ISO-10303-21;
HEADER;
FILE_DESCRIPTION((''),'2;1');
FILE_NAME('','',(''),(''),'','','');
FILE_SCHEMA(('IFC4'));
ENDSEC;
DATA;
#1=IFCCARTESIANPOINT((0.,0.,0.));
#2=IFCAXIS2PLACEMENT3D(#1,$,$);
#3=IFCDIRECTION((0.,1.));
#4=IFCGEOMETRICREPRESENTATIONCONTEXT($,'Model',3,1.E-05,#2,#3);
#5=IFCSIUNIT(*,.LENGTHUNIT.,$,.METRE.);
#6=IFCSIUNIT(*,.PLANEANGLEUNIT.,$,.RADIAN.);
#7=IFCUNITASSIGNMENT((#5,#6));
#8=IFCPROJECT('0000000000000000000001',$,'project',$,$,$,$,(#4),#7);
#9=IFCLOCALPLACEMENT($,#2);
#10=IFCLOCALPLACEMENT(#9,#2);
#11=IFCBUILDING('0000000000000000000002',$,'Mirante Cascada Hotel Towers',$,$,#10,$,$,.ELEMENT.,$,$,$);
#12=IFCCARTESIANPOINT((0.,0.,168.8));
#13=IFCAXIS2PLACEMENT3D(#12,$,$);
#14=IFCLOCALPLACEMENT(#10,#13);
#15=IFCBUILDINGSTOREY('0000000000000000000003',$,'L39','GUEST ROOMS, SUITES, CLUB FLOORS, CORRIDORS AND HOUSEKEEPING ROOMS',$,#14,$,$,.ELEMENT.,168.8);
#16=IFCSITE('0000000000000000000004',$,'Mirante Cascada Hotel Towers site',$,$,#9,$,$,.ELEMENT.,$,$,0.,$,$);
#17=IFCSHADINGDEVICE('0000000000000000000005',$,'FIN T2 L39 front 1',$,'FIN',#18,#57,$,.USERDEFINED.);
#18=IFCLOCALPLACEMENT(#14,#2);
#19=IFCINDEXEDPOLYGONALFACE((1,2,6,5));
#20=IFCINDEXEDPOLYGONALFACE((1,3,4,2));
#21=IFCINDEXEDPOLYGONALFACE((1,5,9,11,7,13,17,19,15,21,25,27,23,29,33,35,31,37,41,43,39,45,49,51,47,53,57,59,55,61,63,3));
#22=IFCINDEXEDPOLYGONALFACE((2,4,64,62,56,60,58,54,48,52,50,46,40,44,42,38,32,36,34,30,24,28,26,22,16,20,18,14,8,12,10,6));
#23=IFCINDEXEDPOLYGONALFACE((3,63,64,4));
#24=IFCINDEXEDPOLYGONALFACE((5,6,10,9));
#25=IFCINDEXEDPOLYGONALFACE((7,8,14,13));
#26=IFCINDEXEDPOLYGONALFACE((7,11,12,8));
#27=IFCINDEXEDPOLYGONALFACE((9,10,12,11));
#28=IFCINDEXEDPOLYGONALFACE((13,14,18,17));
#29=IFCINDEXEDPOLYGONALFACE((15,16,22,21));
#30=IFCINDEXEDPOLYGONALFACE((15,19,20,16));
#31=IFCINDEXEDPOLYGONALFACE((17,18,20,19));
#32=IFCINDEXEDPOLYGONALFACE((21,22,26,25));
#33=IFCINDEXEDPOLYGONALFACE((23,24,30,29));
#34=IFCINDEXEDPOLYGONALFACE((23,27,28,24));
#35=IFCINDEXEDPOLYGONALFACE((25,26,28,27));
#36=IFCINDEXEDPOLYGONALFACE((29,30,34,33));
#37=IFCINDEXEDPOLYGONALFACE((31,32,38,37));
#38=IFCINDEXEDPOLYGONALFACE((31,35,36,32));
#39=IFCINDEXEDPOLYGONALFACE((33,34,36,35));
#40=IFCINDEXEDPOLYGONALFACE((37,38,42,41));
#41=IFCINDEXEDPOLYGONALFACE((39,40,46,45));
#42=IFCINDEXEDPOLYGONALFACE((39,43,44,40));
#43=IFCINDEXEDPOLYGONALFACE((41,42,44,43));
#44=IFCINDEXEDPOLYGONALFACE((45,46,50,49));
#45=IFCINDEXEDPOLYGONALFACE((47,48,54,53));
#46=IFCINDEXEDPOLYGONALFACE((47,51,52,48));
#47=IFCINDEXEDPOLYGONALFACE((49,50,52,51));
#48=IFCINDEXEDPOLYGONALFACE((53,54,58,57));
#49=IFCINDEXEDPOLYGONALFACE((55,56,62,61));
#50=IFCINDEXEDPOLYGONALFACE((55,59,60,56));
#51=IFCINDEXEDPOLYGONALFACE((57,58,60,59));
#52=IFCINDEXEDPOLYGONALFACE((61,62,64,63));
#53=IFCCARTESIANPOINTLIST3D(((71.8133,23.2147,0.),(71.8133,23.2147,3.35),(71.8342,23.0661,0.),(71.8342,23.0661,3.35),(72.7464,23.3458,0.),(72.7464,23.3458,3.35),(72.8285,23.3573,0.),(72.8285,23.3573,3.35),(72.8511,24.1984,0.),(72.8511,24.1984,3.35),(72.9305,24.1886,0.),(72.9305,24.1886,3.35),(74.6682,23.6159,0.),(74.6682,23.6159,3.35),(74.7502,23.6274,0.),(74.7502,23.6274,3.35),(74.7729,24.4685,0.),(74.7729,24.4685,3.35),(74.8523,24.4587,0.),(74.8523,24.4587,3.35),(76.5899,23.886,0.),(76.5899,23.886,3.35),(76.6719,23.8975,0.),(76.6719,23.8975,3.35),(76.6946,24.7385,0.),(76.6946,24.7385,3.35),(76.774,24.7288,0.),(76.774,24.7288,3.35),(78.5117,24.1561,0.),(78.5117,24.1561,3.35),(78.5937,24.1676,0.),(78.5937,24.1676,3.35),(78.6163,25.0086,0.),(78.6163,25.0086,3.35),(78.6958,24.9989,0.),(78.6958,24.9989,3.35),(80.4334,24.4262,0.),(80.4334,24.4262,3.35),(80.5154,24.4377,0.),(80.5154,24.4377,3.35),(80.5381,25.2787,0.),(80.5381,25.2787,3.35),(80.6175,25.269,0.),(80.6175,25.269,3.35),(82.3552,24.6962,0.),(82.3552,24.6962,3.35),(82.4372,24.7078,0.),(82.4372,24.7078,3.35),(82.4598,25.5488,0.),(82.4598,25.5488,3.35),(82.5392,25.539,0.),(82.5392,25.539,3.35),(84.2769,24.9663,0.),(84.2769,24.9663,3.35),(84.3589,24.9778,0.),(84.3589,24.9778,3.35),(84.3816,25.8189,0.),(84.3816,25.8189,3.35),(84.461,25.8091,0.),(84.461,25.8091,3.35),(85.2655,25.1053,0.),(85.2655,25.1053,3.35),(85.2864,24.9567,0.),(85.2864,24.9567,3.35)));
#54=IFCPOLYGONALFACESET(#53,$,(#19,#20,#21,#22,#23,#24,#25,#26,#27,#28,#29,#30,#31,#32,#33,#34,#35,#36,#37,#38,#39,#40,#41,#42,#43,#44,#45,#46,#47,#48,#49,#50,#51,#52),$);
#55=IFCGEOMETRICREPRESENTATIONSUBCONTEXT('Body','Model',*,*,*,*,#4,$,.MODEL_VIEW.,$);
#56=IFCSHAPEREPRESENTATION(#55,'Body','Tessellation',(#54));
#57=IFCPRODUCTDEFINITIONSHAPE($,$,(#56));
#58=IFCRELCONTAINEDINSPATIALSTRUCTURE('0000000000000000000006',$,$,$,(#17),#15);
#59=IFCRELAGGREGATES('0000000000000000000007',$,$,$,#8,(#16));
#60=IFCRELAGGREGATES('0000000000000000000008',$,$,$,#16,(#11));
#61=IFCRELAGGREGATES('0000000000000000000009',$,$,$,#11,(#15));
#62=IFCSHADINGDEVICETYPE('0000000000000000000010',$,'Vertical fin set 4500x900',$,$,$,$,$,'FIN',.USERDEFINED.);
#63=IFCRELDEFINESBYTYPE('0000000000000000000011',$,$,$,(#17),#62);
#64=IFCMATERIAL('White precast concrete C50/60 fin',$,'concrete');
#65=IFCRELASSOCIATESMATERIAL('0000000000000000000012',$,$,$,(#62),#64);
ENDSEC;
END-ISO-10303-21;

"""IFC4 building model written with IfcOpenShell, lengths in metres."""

from ifc_helpers import new_model, si_unit, direction, frame, origin, place, context, subcontext, project, spatial, polyline, outline, extrude, material, type_object, element, save


model = new_model("IFC4")

# Units and contexts
model_context = context("Model", 3, precision=1e-05, world=origin(), true_north=direction((0.0, 1.0)))
body_context = subcontext(model_context, "Body", "Model", "MODEL_VIEW")
ifc_project = project(units=[si_unit("LENGTHUNIT", "METRE"), si_unit("PLANEANGLEUNIT", "RADIAN")], contexts=[model_context])

# Site, building, storey
site_placement = place(None, origin())
site = spatial("IfcSite", under=ifc_project, at=site_placement, Name="Mirante Cascada Hotel Towers site", CompositionType="ELEMENT", RefElevation=0.0)
building_placement = place(site_placement, origin())
building = spatial("IfcBuilding", under=site, at=building_placement, Name="Mirante Cascada Hotel Towers", CompositionType="ELEMENT")
storey_placement = place(building_placement, frame((0.0, 0.0, 168.8)))
storey = spatial("IfcBuildingStorey", under=building, at=storey_placement, Name="L39", Description="GUEST ROOMS, SUITES, CLUB FLOORS, CORRIDORS AND HOUSEKEEPING ROOMS", CompositionType="ELEMENT", Elevation=168.8)

# Shading device
ifc_material_1 = material(Name="White precast concrete C50/60 fin", Category="concrete")
shading_device_type = type_object("IfcShadingDeviceType", Name="Vertical fin set 4500x900", ElementType="FIN", PredefinedType="USERDEFINED", material=ifc_material_1)
shading_device_1_placement = place(storey_placement, origin())
element("IfcShadingDevice", 1, at=shading_device_1_placement, inside=storey, type_object=shading_device_type, Name="FIN T2 L39 front 1", ObjectType="FIN", PredefinedType="USERDEFINED", context=body_context, shape_type="SweptSolid", body=[
    extrude(outline(polyline([(72.9305, 24.1886), (72.8285, 23.3573), (74.6682, 23.6159), (74.7729, 24.4685), (74.8523, 24.4587), (74.7502, 23.6274), (76.5899, 23.886), (76.6946, 24.7385), (76.774, 24.7288), (76.6719, 23.8975), (78.5117, 24.1561), (78.6163, 25.0086), (78.6958, 24.9989), (78.5937, 24.1676), (80.4334, 24.4262), (80.5381, 25.2787), (80.6175, 25.269), (80.5154, 24.4377), (82.3552, 24.6962), (82.4598, 25.5488), (82.5392, 25.539), (82.4372, 24.7078), (84.2769, 24.9663), (84.3816, 25.8189), (84.461, 25.8091), (84.3589, 24.9778), (85.2655, 25.1053), (85.2864, 24.9567), (71.8342, 23.0661), (71.8133, 23.2147), (72.7464, 23.3458), (72.8511, 24.1984), (72.9305, 24.1886)])), origin(), (0.0, 0.0, 1.0), 3.35),
])

save(model, "model.ifc")
